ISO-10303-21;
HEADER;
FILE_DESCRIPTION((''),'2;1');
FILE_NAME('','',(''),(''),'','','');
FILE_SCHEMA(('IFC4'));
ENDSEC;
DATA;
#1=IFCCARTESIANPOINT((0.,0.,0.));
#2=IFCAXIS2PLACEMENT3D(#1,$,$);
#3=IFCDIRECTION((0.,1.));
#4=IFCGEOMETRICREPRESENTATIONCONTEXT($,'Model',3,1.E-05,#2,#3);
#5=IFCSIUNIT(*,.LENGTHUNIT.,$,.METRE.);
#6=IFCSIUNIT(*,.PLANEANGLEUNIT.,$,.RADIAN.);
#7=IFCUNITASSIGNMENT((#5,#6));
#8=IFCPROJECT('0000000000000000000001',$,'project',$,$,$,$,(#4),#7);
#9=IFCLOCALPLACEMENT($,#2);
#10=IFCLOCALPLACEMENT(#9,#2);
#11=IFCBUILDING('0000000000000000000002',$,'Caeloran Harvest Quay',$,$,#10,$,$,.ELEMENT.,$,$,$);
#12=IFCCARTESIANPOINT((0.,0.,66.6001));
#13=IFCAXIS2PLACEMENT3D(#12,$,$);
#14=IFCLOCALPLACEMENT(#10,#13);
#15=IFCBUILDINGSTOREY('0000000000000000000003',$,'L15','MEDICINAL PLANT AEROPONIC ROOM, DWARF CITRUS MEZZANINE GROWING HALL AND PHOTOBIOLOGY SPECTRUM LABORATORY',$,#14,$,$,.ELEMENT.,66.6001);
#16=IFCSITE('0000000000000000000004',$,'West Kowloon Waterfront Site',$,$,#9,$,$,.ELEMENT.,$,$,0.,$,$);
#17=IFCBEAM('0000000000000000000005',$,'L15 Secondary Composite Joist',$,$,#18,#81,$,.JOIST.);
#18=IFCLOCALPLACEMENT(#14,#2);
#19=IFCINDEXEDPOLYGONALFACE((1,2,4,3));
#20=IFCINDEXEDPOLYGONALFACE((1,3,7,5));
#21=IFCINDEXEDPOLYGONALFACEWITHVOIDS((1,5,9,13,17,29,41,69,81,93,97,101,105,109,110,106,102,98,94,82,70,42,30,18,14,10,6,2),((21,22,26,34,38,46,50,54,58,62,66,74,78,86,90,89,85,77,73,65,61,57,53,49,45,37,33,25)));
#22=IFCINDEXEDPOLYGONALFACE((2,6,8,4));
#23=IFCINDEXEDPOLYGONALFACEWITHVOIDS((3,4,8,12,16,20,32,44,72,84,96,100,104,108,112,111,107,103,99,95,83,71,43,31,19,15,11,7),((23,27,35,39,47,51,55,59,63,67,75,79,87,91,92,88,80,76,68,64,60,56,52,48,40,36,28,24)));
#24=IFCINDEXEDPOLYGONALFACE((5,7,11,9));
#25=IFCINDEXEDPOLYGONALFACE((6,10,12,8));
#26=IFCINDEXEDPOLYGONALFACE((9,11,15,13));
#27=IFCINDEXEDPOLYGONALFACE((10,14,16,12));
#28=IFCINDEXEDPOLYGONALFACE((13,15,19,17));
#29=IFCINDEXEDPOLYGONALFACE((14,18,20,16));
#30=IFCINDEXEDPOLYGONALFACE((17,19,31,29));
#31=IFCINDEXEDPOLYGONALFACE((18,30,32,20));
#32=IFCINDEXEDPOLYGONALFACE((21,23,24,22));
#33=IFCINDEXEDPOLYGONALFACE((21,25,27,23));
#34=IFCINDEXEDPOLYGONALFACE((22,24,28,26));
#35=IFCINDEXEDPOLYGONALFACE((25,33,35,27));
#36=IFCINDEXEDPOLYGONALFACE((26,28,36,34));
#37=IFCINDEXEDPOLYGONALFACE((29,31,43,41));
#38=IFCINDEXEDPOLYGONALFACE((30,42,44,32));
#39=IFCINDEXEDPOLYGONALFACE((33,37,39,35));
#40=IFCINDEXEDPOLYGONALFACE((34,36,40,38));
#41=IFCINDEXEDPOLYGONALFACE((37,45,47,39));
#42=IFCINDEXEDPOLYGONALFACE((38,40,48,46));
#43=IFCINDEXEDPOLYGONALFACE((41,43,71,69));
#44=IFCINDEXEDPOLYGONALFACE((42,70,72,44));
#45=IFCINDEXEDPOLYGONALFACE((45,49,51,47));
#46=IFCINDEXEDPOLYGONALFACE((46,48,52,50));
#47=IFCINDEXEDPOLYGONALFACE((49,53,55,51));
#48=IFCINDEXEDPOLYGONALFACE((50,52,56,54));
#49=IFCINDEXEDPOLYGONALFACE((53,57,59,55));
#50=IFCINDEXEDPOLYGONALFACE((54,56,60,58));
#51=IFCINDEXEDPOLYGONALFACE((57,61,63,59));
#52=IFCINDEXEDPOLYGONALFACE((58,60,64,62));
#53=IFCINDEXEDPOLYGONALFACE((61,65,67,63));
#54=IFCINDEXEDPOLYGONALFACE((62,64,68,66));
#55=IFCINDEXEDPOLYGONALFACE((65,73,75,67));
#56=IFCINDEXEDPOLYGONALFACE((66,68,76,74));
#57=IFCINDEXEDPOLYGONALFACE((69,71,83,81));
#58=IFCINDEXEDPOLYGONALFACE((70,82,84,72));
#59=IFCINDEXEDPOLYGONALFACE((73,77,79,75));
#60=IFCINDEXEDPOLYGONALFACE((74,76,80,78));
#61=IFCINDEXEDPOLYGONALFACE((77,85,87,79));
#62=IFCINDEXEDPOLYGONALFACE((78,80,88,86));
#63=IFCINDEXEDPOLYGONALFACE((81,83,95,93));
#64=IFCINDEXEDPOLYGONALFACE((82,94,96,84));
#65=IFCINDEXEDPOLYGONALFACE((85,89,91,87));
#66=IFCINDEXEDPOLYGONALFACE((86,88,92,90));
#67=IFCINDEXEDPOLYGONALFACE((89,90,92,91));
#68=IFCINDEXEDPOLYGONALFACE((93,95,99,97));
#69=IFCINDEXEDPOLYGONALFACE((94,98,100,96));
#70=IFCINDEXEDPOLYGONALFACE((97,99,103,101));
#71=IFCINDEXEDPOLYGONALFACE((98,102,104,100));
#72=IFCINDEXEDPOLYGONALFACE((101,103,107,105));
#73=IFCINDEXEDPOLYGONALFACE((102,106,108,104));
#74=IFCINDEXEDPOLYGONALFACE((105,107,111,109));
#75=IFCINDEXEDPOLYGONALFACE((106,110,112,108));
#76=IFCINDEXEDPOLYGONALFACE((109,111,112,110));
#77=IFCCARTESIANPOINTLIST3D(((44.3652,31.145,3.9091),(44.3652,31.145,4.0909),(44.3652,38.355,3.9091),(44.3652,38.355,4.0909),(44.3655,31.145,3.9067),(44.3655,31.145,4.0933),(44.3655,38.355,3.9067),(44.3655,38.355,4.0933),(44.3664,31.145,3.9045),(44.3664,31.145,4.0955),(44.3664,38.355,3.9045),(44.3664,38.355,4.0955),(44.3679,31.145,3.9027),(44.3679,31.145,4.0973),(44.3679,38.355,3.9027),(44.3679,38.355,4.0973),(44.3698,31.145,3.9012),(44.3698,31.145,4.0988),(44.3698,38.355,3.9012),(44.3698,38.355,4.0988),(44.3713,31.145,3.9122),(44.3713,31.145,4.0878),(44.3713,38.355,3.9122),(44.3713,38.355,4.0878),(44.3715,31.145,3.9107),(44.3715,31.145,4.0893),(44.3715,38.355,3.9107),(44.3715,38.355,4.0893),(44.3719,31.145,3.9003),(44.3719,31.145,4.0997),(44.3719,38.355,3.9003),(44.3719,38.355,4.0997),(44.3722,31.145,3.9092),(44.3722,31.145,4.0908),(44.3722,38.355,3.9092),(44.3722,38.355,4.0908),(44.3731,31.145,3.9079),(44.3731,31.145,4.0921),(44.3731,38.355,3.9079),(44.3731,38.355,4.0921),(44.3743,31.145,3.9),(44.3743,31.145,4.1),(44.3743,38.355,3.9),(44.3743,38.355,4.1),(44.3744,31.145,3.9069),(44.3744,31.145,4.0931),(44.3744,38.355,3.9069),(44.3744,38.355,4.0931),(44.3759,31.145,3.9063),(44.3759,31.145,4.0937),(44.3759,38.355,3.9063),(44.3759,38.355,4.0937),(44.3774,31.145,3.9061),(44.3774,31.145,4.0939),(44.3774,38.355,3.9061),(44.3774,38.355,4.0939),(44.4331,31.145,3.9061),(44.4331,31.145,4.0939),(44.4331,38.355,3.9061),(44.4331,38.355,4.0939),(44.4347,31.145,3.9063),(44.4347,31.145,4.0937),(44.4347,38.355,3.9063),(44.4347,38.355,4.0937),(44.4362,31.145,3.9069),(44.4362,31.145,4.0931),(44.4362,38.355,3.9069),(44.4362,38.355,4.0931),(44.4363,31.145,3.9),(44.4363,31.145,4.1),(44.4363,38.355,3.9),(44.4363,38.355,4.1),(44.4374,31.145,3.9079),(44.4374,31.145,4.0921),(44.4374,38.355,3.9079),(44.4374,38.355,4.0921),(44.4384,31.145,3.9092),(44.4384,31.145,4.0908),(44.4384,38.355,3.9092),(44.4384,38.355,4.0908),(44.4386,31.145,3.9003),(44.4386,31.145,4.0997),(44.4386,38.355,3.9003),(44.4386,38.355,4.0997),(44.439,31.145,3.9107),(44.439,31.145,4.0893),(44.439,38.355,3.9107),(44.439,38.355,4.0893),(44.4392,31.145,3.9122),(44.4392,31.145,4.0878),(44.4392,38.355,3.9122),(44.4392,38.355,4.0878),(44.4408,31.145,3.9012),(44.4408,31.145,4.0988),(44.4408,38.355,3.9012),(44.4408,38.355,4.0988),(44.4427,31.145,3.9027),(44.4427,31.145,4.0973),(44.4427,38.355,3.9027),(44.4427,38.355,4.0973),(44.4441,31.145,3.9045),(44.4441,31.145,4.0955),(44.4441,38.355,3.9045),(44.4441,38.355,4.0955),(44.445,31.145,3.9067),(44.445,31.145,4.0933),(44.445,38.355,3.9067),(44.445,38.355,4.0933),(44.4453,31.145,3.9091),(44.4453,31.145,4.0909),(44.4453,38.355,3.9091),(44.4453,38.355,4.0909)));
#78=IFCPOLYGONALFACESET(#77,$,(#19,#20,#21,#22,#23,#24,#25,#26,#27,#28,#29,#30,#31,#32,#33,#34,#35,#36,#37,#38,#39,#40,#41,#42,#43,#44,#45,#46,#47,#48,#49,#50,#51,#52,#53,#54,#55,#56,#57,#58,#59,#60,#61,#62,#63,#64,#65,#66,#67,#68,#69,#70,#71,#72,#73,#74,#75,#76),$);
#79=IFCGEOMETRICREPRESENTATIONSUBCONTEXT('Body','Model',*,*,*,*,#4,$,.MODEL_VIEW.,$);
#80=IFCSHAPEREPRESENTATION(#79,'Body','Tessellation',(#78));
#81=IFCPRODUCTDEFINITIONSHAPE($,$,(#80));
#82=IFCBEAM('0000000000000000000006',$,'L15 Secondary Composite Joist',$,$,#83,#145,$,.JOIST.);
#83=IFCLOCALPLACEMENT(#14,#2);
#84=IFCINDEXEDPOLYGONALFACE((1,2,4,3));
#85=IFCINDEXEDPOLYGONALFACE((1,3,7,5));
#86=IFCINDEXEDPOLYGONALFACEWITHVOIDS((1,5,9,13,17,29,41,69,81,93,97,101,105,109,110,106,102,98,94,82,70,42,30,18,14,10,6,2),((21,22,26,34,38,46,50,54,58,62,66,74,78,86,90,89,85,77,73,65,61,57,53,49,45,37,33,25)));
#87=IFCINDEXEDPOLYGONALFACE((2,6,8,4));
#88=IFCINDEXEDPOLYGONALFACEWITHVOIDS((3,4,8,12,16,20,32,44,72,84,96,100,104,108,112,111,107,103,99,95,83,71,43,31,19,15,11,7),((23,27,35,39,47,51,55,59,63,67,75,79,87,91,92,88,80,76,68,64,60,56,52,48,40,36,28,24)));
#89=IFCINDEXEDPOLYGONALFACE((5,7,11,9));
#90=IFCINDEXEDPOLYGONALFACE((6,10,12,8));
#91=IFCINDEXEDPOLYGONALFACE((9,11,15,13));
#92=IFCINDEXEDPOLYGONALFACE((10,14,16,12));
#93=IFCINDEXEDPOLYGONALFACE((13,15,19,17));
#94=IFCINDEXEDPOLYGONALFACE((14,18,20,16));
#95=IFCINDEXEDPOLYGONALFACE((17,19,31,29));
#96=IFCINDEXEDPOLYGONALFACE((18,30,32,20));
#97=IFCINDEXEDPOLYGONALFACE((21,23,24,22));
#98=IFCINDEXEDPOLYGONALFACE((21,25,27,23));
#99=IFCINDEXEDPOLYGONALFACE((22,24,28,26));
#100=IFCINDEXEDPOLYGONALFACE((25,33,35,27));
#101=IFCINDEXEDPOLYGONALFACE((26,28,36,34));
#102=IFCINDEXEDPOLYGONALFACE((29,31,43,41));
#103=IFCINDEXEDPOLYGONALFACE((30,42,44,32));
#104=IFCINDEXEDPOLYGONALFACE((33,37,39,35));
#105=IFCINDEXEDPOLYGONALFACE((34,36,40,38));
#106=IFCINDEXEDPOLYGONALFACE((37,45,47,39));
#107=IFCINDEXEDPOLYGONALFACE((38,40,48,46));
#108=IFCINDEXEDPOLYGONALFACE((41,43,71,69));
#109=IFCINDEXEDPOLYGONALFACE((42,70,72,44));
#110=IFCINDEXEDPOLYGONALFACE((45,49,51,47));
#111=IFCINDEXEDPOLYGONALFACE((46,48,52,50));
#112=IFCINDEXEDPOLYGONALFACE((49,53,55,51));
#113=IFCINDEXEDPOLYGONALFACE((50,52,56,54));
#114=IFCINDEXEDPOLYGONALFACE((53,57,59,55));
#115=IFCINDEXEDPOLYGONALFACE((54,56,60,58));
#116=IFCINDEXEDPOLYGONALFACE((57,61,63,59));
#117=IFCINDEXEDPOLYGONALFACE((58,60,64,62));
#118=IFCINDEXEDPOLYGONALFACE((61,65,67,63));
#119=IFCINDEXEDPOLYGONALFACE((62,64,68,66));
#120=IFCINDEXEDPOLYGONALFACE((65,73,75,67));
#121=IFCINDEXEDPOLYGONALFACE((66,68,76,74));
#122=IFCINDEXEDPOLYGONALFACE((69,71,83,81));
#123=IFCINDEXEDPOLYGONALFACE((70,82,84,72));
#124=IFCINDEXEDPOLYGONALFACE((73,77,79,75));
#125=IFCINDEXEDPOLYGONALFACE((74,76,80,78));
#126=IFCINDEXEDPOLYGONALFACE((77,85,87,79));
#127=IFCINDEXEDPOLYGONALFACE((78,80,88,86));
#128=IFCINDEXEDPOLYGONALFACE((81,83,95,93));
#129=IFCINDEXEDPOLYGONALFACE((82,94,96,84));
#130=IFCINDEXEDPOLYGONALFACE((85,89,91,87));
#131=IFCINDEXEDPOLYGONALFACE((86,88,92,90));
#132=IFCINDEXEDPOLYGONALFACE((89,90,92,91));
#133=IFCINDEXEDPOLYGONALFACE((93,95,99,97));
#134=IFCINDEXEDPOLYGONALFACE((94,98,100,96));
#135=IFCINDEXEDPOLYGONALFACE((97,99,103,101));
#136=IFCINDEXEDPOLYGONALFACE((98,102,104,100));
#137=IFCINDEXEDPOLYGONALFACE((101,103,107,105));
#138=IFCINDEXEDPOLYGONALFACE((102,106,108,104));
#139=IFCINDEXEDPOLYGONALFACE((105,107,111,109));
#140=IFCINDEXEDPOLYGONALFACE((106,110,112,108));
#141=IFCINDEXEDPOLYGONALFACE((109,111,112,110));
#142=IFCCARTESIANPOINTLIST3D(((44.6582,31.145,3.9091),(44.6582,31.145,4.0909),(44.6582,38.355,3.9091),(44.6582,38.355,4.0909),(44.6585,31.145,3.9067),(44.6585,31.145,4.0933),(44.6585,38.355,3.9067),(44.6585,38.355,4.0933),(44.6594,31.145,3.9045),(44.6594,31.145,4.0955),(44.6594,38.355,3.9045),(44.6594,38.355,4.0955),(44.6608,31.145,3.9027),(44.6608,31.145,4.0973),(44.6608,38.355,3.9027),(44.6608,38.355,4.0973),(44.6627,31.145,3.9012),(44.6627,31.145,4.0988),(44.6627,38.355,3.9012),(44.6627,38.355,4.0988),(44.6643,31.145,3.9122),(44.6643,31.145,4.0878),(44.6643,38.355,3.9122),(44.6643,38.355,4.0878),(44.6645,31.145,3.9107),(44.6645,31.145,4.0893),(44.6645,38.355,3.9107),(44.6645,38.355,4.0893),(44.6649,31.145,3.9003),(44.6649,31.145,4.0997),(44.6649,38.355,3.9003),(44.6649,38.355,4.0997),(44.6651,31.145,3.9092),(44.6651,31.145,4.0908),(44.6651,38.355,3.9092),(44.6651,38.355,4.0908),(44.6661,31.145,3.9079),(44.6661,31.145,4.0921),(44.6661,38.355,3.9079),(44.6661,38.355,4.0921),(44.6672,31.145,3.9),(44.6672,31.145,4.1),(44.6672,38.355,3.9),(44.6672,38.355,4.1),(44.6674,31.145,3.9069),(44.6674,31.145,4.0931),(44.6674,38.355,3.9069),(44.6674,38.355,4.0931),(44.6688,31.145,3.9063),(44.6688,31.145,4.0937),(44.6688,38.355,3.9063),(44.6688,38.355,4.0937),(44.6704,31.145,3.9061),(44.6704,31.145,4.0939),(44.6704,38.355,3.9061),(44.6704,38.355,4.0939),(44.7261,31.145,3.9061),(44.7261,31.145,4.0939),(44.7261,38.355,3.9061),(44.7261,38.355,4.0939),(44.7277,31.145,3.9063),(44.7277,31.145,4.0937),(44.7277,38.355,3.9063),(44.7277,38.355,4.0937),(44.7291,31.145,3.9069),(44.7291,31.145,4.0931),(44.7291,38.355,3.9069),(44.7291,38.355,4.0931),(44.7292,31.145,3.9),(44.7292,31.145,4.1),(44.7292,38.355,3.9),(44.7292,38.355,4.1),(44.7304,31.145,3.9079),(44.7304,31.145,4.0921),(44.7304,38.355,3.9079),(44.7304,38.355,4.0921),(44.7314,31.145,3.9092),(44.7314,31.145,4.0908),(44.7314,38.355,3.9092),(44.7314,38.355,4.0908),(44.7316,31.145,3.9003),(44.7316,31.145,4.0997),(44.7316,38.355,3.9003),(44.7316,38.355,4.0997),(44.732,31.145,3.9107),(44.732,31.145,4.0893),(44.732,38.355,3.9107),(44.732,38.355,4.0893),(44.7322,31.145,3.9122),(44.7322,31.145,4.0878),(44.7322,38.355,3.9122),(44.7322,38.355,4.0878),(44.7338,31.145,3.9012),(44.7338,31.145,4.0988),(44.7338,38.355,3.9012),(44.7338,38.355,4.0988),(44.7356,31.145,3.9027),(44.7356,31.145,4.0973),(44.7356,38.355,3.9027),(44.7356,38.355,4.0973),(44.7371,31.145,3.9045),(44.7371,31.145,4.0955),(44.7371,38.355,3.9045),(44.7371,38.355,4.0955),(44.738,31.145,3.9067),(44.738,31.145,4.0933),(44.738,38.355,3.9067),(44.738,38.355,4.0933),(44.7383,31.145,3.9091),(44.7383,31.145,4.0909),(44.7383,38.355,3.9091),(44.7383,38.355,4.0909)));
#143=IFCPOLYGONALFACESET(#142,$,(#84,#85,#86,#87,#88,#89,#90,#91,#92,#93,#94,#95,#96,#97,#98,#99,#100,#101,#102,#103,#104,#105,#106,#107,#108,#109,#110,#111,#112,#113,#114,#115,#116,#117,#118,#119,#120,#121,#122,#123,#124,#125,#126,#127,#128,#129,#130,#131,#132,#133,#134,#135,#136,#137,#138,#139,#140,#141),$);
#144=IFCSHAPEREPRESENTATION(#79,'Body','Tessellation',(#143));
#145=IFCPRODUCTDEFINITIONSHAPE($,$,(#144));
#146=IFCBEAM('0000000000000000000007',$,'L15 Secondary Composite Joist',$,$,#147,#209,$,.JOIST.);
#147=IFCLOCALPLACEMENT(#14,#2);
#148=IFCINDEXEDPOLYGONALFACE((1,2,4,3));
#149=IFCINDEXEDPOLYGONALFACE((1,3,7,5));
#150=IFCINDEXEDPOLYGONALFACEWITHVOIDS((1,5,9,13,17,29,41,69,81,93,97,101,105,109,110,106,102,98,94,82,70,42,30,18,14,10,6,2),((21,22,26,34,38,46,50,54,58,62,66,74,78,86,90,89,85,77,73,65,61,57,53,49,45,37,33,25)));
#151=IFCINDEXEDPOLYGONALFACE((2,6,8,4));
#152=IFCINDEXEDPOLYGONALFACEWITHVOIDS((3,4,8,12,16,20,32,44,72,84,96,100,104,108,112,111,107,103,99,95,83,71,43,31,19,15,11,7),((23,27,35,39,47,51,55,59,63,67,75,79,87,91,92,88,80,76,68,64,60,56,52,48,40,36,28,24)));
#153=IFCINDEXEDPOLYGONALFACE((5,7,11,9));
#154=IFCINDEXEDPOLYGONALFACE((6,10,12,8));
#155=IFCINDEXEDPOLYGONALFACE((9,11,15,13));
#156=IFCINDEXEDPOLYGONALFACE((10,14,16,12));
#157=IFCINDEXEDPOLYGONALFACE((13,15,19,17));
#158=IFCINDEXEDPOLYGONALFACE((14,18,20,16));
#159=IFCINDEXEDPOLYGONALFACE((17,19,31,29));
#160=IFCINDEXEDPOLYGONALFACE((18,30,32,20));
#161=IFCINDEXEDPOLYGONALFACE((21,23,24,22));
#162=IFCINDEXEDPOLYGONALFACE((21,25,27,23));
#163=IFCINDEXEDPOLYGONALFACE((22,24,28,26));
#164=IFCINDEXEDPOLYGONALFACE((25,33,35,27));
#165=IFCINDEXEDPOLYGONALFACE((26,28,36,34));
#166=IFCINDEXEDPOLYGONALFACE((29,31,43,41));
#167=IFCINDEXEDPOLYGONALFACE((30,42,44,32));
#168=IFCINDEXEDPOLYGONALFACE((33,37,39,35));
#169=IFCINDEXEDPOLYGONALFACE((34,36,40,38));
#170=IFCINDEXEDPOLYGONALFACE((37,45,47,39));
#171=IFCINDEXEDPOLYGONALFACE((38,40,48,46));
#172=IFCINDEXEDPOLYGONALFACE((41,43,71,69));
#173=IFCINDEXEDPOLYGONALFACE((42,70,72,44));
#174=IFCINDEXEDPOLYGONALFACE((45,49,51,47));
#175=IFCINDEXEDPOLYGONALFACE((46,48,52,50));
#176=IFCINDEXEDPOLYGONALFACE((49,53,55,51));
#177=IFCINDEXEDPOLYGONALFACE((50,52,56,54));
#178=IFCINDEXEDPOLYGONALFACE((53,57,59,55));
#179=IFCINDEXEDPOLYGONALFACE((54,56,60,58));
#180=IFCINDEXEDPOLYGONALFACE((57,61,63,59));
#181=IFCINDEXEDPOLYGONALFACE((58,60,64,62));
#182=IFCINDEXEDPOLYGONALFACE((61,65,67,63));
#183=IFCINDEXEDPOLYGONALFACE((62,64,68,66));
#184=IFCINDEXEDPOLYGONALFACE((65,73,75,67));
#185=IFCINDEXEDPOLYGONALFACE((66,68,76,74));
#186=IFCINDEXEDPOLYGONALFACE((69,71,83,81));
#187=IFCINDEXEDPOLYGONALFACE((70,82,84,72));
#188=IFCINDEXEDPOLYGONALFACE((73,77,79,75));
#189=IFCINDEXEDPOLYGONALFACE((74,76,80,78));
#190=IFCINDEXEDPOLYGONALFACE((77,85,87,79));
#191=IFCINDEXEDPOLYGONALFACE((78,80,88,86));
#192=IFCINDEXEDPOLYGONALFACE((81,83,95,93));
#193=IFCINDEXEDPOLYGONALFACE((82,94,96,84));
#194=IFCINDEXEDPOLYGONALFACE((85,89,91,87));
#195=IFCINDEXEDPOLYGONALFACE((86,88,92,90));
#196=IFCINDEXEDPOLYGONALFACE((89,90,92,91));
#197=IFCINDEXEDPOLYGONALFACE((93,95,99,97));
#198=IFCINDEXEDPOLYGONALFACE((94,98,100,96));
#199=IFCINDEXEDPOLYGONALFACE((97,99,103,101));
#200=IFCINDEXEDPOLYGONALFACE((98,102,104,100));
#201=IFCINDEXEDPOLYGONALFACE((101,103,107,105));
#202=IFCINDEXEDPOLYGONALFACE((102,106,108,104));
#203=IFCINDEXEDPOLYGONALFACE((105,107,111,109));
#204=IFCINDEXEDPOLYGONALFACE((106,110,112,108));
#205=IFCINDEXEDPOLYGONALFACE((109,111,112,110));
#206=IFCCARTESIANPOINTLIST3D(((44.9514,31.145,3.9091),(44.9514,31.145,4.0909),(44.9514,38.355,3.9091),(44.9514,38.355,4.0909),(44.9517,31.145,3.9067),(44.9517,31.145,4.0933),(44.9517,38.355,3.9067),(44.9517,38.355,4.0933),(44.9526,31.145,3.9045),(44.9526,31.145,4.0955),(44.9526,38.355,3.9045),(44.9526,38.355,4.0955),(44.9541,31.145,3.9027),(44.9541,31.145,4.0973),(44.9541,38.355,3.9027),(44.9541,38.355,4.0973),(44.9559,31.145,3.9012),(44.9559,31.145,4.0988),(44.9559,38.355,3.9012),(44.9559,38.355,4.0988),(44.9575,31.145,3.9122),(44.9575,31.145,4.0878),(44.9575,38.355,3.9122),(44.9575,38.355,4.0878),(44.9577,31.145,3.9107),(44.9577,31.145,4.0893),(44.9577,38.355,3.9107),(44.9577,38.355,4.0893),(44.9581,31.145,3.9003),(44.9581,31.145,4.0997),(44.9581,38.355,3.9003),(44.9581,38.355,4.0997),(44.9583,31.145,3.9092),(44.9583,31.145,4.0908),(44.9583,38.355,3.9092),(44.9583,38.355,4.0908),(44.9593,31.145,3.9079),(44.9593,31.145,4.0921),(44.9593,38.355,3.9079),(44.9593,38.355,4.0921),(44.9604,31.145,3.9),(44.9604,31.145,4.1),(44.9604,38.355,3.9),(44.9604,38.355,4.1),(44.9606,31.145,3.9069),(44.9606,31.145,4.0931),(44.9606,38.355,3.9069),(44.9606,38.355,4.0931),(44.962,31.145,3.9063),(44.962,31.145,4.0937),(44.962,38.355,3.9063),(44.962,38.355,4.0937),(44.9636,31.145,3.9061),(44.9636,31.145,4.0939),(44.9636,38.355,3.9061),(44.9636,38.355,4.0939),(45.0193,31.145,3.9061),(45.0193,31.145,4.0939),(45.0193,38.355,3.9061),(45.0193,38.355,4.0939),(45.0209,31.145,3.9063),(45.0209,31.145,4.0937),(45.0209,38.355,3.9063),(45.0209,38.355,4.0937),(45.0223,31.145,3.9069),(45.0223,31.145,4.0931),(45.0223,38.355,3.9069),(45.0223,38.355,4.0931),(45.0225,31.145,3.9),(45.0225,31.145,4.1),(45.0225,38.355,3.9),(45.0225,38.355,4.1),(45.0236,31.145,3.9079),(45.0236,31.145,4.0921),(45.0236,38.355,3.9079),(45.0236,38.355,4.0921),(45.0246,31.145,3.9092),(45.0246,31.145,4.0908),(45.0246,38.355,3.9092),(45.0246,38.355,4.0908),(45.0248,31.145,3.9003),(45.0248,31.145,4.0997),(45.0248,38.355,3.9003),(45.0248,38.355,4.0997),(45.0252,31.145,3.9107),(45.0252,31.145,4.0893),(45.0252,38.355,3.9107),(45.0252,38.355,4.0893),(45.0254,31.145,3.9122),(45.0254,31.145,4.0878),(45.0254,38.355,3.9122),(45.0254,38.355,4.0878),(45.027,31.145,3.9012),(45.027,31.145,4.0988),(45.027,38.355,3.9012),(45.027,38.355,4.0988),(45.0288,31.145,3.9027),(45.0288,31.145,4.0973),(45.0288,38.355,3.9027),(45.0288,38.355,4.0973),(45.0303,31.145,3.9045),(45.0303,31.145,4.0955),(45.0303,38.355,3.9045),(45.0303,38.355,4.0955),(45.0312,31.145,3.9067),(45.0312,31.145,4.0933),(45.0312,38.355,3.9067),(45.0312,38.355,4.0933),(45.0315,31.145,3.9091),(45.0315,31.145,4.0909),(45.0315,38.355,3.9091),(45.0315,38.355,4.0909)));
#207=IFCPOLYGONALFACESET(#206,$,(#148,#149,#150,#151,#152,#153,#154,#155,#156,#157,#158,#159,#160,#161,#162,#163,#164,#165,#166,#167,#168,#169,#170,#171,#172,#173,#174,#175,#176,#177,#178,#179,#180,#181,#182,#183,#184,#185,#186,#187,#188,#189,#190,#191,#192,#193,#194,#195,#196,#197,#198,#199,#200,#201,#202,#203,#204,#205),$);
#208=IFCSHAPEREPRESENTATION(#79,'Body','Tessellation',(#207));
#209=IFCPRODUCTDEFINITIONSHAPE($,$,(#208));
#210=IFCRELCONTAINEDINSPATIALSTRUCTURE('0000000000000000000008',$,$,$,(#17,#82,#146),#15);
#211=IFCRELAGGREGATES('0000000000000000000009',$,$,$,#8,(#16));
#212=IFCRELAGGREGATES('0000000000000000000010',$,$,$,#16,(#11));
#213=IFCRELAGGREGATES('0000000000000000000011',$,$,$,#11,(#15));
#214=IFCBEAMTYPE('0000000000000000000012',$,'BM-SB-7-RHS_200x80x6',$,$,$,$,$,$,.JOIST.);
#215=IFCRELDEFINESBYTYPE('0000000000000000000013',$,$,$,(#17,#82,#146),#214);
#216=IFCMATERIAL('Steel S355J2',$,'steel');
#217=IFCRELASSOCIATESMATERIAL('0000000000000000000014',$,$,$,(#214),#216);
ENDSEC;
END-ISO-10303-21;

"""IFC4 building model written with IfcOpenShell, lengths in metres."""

from ifc_helpers import new_model, si_unit, direction, frame, origin, origin_2d, place, context, subcontext, project, spatial, hollow_rectangle, extrude, material, material_profile, profile_set, type_object, element, save


model = new_model("IFC4")

# Units and contexts
model_context = context("Model", 3, precision=1e-05, world=origin(), true_north=direction((0.0, 1.0)))
body_context = subcontext(model_context, "Body", "Model", "MODEL_VIEW")
ifc_project = project(units=[si_unit("LENGTHUNIT", "METRE"), si_unit("PLANEANGLEUNIT", "RADIAN")], contexts=[model_context])

# Site, building, storey
site_placement = place(None, origin())
site = spatial("IfcSite", under=ifc_project, at=site_placement, Name="West Kowloon Waterfront Site", CompositionType="ELEMENT", RefElevation=0.0)
building_placement = place(site_placement, origin())
building = spatial("IfcBuilding", under=site, at=building_placement, Name="Caeloran Harvest Quay", CompositionType="ELEMENT")
storey_placement = place(building_placement, frame((0.0, 0.0, 66.6001)))
storey = spatial("IfcBuildingStorey", under=building, at=storey_placement, Name="L15", Description="MEDICINAL PLANT AEROPONIC ROOM, DWARF CITRUS MEZZANINE GROWING HALL AND PHOTOBIOLOGY SPECTRUM LABORATORY", CompositionType="ELEMENT", Elevation=66.6001)

# Beams
ifc_material_1 = material(Name="Steel S355J2", Category="steel")
ifc_material_profile_1 = material_profile(ifc_material_1, hollow_rectangle(XDim=0.0801, YDim=0.2, WallThickness=0.0061, InnerFilletRadius=0.0061, OuterFilletRadius=0.009, at=origin_2d()), Name="RHS 200x80x6")
ifc_profile_set_1 = profile_set([ifc_material_profile_1], Name="Steel S355J2")
beam_type_1 = type_object("IfcBeamType", Name="BM-SB-7-RHS_200x80x6", PredefinedType="JOIST", material=ifc_profile_set_1)
for number, where, z_axis, x_axis, name in (
    (1, (44.4053, 31.145, 4.0), (0.0, 1.0, 0.0), (-1.0, 0.0, 0.0), "L15 Secondary Composite Joist"),
    (2, (44.6982, 31.145, 4.0), (0.0, 1.0, 0.0), (-1.0, 0.0, 0.0), "L15 Secondary Composite Joist"),
    (3, (44.9915, 31.145, 4.0), (0.0, 1.0, 0.0), (-1.0, 0.0, 0.0), "L15 Secondary Composite Joist"),
):
    element("IfcBeam", number, at=place(storey_placement, frame(where, z_axis=z_axis, x_axis=x_axis)), inside=storey, type_object=beam_type_1, Name=name, PredefinedType="JOIST", context=body_context, shape_type="SweptSolid", body=[
        extrude(hollow_rectangle(XDim=0.0801, YDim=0.2, WallThickness=0.0061, InnerFilletRadius=0.0061, OuterFilletRadius=0.009, at=origin_2d()), origin(), (0.0, 0.0, 1.0), 7.21),
    ])

save(model, "model.ifc")
